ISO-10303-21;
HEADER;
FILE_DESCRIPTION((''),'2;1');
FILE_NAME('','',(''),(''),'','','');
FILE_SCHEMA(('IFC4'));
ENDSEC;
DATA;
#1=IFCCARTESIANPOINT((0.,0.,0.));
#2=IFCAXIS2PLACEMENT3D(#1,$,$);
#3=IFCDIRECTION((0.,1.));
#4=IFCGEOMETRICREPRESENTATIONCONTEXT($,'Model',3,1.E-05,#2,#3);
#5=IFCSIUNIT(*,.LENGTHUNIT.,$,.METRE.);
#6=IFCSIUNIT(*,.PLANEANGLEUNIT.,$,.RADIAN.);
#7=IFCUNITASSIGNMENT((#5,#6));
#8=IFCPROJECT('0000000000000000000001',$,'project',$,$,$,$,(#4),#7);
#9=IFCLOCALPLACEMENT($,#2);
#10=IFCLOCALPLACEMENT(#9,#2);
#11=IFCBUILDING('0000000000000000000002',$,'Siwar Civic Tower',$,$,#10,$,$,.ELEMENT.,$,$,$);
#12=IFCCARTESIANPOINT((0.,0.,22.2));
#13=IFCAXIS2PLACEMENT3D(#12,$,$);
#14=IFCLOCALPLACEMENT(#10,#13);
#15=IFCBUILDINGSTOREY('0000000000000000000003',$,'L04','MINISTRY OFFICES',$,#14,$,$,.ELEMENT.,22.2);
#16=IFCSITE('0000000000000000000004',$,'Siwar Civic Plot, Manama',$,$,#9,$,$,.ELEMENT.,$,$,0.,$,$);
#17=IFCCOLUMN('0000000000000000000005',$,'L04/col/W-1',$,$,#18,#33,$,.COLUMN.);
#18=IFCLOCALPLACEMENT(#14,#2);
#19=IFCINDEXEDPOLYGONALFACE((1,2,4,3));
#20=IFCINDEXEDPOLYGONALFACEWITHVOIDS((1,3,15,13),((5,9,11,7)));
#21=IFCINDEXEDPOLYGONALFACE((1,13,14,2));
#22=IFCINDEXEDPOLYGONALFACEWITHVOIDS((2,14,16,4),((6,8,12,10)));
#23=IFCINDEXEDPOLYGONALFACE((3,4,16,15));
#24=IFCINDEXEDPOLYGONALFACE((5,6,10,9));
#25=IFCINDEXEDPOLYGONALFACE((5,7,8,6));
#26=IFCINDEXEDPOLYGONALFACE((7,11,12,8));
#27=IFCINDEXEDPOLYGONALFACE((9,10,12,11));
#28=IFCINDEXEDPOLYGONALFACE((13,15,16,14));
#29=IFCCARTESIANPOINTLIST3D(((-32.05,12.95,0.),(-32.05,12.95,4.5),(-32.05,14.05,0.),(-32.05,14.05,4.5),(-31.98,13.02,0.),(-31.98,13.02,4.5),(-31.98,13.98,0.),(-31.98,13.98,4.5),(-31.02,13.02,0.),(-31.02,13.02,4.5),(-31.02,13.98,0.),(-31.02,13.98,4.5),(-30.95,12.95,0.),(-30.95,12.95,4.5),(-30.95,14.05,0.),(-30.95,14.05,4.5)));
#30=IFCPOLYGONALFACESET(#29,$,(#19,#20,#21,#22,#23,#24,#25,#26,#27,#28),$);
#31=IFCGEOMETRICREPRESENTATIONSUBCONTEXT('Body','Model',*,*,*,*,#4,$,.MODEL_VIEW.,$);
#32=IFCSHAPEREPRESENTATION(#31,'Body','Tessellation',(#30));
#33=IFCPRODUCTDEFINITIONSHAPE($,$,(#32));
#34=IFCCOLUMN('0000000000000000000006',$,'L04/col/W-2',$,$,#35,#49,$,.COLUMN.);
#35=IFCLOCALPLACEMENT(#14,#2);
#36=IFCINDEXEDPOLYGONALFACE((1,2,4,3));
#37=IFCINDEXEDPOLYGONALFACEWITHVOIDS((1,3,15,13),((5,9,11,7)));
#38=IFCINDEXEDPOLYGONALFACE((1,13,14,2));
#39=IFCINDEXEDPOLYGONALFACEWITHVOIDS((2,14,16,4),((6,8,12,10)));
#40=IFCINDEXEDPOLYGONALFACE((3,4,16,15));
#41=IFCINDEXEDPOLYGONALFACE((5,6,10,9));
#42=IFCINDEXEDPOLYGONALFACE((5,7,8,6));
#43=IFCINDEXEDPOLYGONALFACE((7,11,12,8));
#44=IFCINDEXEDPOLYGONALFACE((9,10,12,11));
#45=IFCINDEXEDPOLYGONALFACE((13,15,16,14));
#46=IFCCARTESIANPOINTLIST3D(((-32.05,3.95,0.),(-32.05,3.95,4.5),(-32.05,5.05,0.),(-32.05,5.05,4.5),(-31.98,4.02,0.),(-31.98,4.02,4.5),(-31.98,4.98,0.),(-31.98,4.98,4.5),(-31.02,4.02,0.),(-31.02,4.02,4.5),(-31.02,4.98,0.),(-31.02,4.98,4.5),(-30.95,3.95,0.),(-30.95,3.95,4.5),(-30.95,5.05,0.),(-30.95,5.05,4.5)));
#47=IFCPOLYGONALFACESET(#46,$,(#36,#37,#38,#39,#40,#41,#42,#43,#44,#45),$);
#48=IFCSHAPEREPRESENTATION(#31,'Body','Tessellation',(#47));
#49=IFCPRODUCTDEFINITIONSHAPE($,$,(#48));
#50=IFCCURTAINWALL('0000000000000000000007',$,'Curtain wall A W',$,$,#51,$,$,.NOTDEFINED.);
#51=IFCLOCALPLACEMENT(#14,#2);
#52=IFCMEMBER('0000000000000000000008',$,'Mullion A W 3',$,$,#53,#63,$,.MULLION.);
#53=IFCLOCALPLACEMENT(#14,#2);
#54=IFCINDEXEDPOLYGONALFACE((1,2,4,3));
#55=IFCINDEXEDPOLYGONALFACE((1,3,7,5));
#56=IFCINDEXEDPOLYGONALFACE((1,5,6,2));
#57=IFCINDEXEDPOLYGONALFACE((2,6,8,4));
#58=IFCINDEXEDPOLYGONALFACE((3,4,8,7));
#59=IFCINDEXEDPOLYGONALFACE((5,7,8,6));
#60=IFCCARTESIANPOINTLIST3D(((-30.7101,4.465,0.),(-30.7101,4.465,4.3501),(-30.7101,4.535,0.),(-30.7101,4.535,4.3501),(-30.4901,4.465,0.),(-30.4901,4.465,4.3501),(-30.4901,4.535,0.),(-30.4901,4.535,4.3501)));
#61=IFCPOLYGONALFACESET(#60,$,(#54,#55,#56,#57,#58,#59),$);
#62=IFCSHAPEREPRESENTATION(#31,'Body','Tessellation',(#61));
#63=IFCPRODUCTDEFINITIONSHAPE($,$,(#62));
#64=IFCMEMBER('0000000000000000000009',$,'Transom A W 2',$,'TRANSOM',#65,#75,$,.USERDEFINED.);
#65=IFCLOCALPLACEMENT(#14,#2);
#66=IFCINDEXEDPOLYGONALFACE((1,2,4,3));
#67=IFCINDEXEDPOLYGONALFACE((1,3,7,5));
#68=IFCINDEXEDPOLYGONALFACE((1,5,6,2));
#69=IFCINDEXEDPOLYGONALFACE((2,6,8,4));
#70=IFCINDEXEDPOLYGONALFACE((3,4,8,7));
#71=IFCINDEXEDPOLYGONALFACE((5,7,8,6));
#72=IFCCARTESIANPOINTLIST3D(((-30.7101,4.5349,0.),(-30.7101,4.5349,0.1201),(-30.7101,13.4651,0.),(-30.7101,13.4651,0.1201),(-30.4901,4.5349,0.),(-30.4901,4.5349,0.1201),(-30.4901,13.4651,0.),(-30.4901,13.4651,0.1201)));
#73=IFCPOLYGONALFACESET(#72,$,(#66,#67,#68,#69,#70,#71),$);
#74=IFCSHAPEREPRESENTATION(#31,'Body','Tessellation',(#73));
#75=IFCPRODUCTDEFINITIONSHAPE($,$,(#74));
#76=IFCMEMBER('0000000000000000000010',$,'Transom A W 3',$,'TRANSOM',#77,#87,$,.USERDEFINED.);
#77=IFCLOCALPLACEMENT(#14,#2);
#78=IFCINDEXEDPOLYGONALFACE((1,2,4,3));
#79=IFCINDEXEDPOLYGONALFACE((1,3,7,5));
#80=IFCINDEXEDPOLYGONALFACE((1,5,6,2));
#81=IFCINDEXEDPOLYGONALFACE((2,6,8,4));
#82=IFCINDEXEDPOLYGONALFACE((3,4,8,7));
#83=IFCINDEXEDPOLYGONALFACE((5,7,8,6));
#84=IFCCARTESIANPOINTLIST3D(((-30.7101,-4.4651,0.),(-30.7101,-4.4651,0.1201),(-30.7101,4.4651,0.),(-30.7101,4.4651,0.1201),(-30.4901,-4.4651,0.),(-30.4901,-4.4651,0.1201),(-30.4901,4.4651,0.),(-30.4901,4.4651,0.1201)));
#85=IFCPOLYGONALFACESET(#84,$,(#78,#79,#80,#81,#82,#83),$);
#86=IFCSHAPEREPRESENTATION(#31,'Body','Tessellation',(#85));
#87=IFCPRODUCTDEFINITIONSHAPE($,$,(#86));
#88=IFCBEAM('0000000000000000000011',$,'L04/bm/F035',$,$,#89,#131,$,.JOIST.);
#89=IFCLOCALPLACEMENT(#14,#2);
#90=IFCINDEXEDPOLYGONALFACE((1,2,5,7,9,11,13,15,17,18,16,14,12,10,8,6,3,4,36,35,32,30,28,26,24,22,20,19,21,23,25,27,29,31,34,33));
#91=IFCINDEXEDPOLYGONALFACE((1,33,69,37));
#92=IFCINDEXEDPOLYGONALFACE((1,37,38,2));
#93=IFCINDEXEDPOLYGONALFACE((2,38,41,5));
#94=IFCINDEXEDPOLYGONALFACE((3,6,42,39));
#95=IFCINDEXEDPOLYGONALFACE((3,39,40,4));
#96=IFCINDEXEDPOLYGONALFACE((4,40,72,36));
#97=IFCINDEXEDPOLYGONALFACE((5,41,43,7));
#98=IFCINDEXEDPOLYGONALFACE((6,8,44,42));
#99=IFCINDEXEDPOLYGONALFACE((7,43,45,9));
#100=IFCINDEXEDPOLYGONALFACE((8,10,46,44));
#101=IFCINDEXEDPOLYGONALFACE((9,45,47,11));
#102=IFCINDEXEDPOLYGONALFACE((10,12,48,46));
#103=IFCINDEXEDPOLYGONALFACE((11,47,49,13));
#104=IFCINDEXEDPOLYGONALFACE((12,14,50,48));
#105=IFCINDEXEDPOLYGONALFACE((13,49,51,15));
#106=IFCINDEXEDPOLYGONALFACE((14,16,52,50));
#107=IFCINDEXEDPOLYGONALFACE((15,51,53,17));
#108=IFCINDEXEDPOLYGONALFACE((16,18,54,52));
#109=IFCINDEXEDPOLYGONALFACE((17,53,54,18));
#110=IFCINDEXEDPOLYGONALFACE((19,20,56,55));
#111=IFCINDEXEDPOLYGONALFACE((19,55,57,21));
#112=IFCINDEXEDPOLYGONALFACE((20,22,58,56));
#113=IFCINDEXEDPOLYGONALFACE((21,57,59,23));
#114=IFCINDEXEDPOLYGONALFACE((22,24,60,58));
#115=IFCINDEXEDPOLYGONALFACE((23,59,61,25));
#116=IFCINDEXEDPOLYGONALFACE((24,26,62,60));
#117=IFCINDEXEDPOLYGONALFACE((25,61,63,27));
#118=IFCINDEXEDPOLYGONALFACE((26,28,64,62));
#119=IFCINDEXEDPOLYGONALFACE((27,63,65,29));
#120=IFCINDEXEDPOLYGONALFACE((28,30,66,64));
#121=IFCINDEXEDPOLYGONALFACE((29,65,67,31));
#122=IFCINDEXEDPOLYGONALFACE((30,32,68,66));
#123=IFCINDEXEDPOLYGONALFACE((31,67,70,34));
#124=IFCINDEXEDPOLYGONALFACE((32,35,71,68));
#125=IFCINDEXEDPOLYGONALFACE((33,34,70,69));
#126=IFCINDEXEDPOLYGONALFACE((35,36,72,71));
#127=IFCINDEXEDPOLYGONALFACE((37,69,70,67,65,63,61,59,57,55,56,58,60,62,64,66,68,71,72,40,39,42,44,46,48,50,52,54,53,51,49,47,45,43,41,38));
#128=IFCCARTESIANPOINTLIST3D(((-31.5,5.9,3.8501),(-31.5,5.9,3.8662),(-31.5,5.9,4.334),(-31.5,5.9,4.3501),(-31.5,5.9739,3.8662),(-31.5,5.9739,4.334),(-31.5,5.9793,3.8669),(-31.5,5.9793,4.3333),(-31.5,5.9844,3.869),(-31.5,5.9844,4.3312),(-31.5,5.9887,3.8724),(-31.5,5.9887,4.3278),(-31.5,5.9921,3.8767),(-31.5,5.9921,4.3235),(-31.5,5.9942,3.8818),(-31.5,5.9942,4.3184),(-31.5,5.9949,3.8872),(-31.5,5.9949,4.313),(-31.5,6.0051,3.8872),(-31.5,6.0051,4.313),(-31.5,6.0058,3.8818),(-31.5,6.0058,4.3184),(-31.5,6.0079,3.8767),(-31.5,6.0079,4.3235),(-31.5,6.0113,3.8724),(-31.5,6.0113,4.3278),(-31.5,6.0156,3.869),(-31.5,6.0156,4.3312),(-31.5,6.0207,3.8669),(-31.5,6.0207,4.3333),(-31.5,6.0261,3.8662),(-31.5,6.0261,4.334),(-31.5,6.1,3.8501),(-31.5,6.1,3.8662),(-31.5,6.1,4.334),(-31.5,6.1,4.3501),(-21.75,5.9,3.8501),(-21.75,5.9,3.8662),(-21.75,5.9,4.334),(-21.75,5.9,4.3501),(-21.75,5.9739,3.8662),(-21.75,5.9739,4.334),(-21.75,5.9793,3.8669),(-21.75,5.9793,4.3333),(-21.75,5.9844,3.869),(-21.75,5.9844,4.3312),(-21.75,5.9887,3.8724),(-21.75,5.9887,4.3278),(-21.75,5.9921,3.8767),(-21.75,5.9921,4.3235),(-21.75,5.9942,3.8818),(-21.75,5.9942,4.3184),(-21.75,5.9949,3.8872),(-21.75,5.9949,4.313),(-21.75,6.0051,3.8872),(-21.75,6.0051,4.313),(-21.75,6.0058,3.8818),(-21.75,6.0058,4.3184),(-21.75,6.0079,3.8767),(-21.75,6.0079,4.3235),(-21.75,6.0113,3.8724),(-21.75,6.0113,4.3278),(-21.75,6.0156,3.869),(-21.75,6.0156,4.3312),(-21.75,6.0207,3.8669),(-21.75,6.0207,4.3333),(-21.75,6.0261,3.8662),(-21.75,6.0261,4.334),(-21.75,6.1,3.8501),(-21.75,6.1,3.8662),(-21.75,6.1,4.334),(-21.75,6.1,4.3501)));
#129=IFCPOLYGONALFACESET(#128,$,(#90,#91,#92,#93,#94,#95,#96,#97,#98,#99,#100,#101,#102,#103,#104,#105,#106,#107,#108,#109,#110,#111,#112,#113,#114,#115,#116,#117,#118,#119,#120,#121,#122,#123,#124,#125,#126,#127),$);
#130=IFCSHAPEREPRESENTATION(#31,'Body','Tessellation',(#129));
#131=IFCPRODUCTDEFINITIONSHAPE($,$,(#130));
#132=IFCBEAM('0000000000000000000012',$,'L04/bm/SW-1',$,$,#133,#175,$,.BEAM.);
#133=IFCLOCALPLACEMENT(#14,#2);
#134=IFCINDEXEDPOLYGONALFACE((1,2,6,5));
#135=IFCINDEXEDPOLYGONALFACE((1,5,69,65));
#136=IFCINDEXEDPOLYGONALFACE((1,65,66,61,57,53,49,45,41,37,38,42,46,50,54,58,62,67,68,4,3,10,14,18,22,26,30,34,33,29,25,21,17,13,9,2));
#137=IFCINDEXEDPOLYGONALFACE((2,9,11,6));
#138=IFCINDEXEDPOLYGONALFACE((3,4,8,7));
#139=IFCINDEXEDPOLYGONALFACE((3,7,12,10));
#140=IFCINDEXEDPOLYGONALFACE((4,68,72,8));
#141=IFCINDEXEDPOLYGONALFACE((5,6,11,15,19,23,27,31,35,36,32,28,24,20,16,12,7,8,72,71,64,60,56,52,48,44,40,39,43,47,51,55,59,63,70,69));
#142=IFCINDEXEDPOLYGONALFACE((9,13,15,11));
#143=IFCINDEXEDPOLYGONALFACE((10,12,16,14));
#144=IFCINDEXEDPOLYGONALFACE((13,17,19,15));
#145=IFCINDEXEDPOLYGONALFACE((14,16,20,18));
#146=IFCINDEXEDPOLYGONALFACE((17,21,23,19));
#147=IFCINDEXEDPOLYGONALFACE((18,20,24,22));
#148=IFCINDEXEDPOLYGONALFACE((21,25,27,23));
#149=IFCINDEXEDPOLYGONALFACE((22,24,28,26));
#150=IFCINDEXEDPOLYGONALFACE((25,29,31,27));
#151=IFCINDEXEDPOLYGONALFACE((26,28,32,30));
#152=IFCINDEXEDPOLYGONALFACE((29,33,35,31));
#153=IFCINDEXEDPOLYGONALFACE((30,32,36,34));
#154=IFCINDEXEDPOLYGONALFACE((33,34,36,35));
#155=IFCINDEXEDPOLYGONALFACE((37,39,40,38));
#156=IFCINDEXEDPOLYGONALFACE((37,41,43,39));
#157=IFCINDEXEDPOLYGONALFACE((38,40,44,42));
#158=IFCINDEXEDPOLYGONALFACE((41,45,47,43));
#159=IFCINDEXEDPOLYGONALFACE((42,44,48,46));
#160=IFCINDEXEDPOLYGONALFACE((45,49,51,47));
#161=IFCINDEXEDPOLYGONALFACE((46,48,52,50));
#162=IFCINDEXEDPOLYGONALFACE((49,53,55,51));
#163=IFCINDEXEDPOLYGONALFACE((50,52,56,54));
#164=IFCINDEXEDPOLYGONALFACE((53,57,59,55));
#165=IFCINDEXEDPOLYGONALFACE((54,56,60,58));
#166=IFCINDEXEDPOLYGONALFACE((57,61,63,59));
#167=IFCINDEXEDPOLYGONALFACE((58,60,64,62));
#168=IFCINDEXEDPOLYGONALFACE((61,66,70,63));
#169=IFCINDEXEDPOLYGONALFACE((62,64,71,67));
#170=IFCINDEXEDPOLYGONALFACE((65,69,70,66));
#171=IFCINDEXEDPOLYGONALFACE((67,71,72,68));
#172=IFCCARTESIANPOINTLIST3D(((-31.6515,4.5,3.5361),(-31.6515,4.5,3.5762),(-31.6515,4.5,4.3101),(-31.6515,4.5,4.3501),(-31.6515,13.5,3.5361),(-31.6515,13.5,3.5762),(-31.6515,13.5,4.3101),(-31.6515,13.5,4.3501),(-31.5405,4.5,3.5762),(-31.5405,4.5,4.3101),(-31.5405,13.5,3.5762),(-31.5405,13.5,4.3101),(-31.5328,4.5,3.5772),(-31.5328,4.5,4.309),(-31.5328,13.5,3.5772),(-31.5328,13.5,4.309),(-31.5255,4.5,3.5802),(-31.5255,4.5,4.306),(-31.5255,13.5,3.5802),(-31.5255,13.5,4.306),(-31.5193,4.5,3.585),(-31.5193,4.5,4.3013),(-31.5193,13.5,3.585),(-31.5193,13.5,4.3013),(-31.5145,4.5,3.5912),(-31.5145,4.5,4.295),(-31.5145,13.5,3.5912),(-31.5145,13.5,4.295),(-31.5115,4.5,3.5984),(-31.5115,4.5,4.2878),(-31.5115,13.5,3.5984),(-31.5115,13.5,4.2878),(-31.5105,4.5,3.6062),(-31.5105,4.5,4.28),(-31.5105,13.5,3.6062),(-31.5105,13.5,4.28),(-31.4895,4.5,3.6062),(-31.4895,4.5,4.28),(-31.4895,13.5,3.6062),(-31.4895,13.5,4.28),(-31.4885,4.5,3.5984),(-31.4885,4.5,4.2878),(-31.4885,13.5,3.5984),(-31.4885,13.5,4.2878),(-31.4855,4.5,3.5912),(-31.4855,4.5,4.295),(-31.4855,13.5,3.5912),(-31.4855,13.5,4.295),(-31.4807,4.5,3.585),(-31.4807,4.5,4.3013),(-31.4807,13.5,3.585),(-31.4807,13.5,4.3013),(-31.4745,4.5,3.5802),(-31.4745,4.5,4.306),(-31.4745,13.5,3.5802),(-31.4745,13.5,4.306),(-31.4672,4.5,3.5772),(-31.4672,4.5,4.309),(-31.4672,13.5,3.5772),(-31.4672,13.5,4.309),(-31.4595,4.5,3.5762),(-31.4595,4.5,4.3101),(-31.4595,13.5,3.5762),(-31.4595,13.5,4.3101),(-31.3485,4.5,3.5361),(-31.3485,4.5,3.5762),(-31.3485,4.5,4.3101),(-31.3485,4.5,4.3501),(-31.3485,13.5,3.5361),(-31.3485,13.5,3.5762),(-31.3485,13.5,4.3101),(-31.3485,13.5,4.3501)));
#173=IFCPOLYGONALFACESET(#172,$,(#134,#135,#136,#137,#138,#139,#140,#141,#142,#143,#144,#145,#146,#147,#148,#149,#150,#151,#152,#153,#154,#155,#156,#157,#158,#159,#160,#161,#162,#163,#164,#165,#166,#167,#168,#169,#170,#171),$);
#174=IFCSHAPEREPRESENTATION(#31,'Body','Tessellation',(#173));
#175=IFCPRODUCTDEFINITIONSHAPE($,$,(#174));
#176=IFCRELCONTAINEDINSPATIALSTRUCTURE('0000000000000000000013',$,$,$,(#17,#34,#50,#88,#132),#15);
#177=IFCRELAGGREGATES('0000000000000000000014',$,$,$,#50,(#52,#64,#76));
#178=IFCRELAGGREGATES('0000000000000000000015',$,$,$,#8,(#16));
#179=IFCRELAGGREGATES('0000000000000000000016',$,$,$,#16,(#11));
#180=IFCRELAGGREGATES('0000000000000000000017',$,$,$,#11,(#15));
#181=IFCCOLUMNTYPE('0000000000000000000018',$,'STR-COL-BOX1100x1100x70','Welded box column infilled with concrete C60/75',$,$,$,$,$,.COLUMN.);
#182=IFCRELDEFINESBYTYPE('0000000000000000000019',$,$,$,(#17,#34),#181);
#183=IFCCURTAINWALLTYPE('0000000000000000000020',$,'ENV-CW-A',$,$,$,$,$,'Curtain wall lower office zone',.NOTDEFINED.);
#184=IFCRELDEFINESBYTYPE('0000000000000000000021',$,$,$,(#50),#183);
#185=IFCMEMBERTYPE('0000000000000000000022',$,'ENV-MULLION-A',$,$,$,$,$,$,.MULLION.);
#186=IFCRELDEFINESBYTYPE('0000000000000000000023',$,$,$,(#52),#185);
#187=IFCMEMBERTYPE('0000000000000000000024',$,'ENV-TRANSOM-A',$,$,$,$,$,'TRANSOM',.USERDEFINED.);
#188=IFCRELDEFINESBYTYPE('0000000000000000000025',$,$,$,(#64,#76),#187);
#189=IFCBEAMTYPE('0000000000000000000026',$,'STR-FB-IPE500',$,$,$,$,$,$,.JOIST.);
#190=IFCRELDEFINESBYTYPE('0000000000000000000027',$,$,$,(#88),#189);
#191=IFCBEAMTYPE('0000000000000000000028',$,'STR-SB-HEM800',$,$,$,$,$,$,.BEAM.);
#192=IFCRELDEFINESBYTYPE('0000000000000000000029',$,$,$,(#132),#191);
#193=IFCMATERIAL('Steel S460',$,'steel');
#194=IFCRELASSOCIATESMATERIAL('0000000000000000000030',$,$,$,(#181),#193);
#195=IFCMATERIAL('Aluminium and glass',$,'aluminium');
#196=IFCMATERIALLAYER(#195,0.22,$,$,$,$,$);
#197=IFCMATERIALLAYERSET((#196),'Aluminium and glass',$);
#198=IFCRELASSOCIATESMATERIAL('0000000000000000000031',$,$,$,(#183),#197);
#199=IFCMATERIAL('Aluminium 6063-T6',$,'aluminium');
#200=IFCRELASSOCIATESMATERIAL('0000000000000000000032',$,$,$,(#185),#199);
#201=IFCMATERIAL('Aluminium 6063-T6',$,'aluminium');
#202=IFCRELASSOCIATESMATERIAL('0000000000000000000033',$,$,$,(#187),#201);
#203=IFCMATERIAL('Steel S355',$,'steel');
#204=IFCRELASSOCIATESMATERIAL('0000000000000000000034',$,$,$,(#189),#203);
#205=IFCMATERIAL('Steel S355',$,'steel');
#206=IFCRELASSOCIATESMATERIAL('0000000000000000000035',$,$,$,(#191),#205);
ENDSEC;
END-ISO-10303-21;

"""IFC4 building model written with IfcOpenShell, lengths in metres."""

from ifc_helpers import new_model, si_unit, direction, frame, origin, origin_2d, place, context, subcontext, project, spatial, rectangle, hollow_rectangle, i_section, extrude, material, layer, layer_set, material_profile, profile_set, type_object, element, aggregate, save


model = new_model("IFC4")

# Units and contexts
model_context = context("Model", 3, precision=1e-05, world=origin(), true_north=direction((0.0, 1.0)))
body_context = subcontext(model_context, "Body", "Model", "MODEL_VIEW")
ifc_project = project(units=[si_unit("LENGTHUNIT", "METRE"), si_unit("PLANEANGLEUNIT", "RADIAN")], contexts=[model_context])

# Site, building, storey
site_placement = place(None, origin())
site = spatial("IfcSite", under=ifc_project, at=site_placement, Name="Siwar Civic Plot, Manama", CompositionType="ELEMENT", RefElevation=0.0)
building_placement = place(site_placement, origin())
building = spatial("IfcBuilding", under=site, at=building_placement, Name="Siwar Civic Tower", CompositionType="ELEMENT")
storey_placement = place(building_placement, frame((0.0, 0.0, 22.2)))
storey = spatial("IfcBuildingStorey", under=building, at=storey_placement, Name="L04", Description="MINISTRY OFFICES", CompositionType="ELEMENT", Elevation=22.2)

# Columns
ifc_material_1 = material(Name="Steel S460", Category="steel")
ifc_material_profile_1 = material_profile(ifc_material_1, hollow_rectangle(XDim=1.1001, YDim=1.1001, WallThickness=0.0701, at=origin_2d()), Name="BOX1100x1100x70")
ifc_profile_set_1 = profile_set([ifc_material_profile_1], Name="Steel S460")
column_type = type_object("IfcColumnType", Name="STR-COL-BOX1100x1100x70", Description="Welded box column infilled with concrete C60/75", PredefinedType="COLUMN", material=ifc_profile_set_1)
for number, where, z_axis, x_axis, name in (
    (1, (-31.5, 13.5, 0.0), (0.0, 0.0, 1.0), (1.0, 0.0, 0.0), "L04/col/W-1"),
    (2, (-31.5, 4.5, 0.0), (0.0, 0.0, 1.0), (1.0, 0.0, 0.0), "L04/col/W-2"),
):
    element("IfcColumn", number, at=place(storey_placement, frame(where, z_axis=z_axis, x_axis=x_axis)), inside=storey, type_object=column_type, Name=name, PredefinedType="COLUMN", context=body_context, shape_type="SweptSolid", body=[
        extrude(hollow_rectangle(XDim=1.1001, YDim=1.1001, WallThickness=0.0701, at=origin_2d()), origin(), (0.0, 0.0, 1.0), 4.5),
    ])

# Curtain wall, members
ifc_material_2 = material(Name="Aluminium and glass", Category="aluminium")
ifc_layer_1 = layer(ifc_material_2, 0.22)
ifc_layer_set_1 = layer_set([ifc_layer_1], Name="Aluminium and glass")
curtain_wall_type = type_object("IfcCurtainWallType", Name="ENV-CW-A", ElementType="Curtain wall lower office zone", PredefinedType="NOTDEFINED", material=ifc_layer_set_1)
curtain_wall_placement = place(storey_placement, origin())
curtain_wall = element("IfcCurtainWall", 3, at=curtain_wall_placement, inside=storey, type_object=curtain_wall_type, Name="Curtain wall A W", PredefinedType="NOTDEFINED")
ifc_material_3 = material(Name="Aluminium 6063-T6", Category="aluminium")
ifc_material_profile_2 = material_profile(ifc_material_3, rectangle(XDim=0.22, YDim=0.0701, at=origin_2d()), Name="AL 220x70")
ifc_profile_set_2 = profile_set([ifc_material_profile_2], Name="Aluminium 6063-T6")
member_type_1 = type_object("IfcMemberType", Name="ENV-MULLION-A", PredefinedType="MULLION", material=ifc_profile_set_2)
member_1_placement = place(storey_placement, frame((-30.6001, 4.5, 0.0), z_axis=(0.0, 0.0, 1.0), x_axis=(1.0, 0.0, 0.0)))
member_1 = element("IfcMember", 4, at=member_1_placement, type_object=member_type_1, Name="Mullion A W 3", PredefinedType="MULLION", context=body_context, shape_type="SweptSolid", body=[
    extrude(rectangle(XDim=0.22, YDim=0.0701, at=origin_2d()), origin(), (0.0, 0.0, 1.0), 4.3501),
])
ifc_material_4 = material(Name="Aluminium 6063-T6", Category="aluminium")
ifc_material_profile_3 = material_profile(ifc_material_4, rectangle(XDim=0.22, YDim=0.1201, at=origin_2d()), Name="AL 220x120")
ifc_profile_set_3 = profile_set([ifc_material_profile_3], Name="Aluminium 6063-T6")
member_type_2 = type_object("IfcMemberType", Name="ENV-TRANSOM-A", ElementType="TRANSOM", PredefinedType="USERDEFINED", material=ifc_profile_set_3)
member_2_placement = place(storey_placement, frame((-30.6001, 13.4651, 0.0601), z_axis=(0.0, -1.0, 0.0), x_axis=(1.0, 0.0, 0.0)))
member_2 = element("IfcMember", 5, at=member_2_placement, type_object=member_type_2, Name="Transom A W 2", ObjectType="TRANSOM", PredefinedType="USERDEFINED", context=body_context, shape_type="SweptSolid", body=[
    extrude(rectangle(XDim=0.22, YDim=0.1201, at=origin_2d()), origin(), (0.0, 0.0, 1.0), 8.9302),
])
member_3_placement = place(storey_placement, frame((-30.6001, 4.4651, 0.0601), z_axis=(0.0, -1.0, 0.0), x_axis=(1.0, 0.0, 0.0)))
member_3 = element("IfcMember", 6, at=member_3_placement, type_object=member_type_2, Name="Transom A W 3", ObjectType="TRANSOM", PredefinedType="USERDEFINED", context=body_context, shape_type="SweptSolid", body=[
    extrude(rectangle(XDim=0.22, YDim=0.1201, at=origin_2d()), origin(), (0.0, 0.0, 1.0), 8.9302),
])

# Beams
ifc_material_5 = material(Name="Steel S355", Category="steel")
ifc_material_profile_4 = material_profile(ifc_material_5, i_section(OverallWidth=0.2, OverallDepth=0.5, WebThickness=0.0103, FlangeThickness=0.0161, FilletRadius=0.021, at=origin_2d()), Name="IPE500")
ifc_profile_set_4 = profile_set([ifc_material_profile_4], Name="Steel S355")
beam_type_1 = type_object("IfcBeamType", Name="STR-FB-IPE500", PredefinedType="JOIST", material=ifc_profile_set_4)
beam_placement = place(storey_placement, frame((-31.5, 6.0, 4.1001), z_axis=(1.0, 0.0, 0.0), x_axis=(0.0, 1.0, 0.0)))
element("IfcBeam", 7, at=beam_placement, inside=storey, type_object=beam_type_1, Name="L04/bm/F035", PredefinedType="JOIST", context=body_context, shape_type="SweptSolid", body=[
    extrude(i_section(OverallWidth=0.2, OverallDepth=0.5, WebThickness=0.0103, FlangeThickness=0.0161, FilletRadius=0.021, at=origin_2d()), origin(), (0.0, 0.0, 1.0), 9.75),
])
ifc_material_6 = material(Name="Steel S355", Category="steel")
ifc_material_profile_5 = material_profile(ifc_material_6, i_section(OverallWidth=0.303, OverallDepth=0.814, WebThickness=0.021, FlangeThickness=0.04, FilletRadius=0.03, at=origin_2d()), Name="HEM800")
ifc_profile_set_5 = profile_set([ifc_material_profile_5], Name="Steel S355")
beam_type_2 = type_object("IfcBeamType", Name="STR-SB-HEM800", PredefinedType="BEAM", material=ifc_profile_set_5)
for number, where, z_axis, x_axis, name in (
    (8, (-31.5, 13.5, 3.9431), (0.0, -1.0, 0.0), (1.0, 0.0, 0.0), "L04/bm/SW-1"),
):
    element("IfcBeam", number, at=place(storey_placement, frame(where, z_axis=z_axis, x_axis=x_axis)), inside=storey, type_object=beam_type_2, Name=name, PredefinedType="BEAM", context=body_context, shape_type="SweptSolid", body=[
        extrude(i_section(OverallWidth=0.303, OverallDepth=0.814, WebThickness=0.021, FlangeThickness=0.04, FilletRadius=0.03, at=origin_2d()), origin(), (0.0, 0.0, 1.0), 9.0),
    ])

aggregate(curtain_wall, [member_1, member_2, member_3])

save(model, "model.ifc")
